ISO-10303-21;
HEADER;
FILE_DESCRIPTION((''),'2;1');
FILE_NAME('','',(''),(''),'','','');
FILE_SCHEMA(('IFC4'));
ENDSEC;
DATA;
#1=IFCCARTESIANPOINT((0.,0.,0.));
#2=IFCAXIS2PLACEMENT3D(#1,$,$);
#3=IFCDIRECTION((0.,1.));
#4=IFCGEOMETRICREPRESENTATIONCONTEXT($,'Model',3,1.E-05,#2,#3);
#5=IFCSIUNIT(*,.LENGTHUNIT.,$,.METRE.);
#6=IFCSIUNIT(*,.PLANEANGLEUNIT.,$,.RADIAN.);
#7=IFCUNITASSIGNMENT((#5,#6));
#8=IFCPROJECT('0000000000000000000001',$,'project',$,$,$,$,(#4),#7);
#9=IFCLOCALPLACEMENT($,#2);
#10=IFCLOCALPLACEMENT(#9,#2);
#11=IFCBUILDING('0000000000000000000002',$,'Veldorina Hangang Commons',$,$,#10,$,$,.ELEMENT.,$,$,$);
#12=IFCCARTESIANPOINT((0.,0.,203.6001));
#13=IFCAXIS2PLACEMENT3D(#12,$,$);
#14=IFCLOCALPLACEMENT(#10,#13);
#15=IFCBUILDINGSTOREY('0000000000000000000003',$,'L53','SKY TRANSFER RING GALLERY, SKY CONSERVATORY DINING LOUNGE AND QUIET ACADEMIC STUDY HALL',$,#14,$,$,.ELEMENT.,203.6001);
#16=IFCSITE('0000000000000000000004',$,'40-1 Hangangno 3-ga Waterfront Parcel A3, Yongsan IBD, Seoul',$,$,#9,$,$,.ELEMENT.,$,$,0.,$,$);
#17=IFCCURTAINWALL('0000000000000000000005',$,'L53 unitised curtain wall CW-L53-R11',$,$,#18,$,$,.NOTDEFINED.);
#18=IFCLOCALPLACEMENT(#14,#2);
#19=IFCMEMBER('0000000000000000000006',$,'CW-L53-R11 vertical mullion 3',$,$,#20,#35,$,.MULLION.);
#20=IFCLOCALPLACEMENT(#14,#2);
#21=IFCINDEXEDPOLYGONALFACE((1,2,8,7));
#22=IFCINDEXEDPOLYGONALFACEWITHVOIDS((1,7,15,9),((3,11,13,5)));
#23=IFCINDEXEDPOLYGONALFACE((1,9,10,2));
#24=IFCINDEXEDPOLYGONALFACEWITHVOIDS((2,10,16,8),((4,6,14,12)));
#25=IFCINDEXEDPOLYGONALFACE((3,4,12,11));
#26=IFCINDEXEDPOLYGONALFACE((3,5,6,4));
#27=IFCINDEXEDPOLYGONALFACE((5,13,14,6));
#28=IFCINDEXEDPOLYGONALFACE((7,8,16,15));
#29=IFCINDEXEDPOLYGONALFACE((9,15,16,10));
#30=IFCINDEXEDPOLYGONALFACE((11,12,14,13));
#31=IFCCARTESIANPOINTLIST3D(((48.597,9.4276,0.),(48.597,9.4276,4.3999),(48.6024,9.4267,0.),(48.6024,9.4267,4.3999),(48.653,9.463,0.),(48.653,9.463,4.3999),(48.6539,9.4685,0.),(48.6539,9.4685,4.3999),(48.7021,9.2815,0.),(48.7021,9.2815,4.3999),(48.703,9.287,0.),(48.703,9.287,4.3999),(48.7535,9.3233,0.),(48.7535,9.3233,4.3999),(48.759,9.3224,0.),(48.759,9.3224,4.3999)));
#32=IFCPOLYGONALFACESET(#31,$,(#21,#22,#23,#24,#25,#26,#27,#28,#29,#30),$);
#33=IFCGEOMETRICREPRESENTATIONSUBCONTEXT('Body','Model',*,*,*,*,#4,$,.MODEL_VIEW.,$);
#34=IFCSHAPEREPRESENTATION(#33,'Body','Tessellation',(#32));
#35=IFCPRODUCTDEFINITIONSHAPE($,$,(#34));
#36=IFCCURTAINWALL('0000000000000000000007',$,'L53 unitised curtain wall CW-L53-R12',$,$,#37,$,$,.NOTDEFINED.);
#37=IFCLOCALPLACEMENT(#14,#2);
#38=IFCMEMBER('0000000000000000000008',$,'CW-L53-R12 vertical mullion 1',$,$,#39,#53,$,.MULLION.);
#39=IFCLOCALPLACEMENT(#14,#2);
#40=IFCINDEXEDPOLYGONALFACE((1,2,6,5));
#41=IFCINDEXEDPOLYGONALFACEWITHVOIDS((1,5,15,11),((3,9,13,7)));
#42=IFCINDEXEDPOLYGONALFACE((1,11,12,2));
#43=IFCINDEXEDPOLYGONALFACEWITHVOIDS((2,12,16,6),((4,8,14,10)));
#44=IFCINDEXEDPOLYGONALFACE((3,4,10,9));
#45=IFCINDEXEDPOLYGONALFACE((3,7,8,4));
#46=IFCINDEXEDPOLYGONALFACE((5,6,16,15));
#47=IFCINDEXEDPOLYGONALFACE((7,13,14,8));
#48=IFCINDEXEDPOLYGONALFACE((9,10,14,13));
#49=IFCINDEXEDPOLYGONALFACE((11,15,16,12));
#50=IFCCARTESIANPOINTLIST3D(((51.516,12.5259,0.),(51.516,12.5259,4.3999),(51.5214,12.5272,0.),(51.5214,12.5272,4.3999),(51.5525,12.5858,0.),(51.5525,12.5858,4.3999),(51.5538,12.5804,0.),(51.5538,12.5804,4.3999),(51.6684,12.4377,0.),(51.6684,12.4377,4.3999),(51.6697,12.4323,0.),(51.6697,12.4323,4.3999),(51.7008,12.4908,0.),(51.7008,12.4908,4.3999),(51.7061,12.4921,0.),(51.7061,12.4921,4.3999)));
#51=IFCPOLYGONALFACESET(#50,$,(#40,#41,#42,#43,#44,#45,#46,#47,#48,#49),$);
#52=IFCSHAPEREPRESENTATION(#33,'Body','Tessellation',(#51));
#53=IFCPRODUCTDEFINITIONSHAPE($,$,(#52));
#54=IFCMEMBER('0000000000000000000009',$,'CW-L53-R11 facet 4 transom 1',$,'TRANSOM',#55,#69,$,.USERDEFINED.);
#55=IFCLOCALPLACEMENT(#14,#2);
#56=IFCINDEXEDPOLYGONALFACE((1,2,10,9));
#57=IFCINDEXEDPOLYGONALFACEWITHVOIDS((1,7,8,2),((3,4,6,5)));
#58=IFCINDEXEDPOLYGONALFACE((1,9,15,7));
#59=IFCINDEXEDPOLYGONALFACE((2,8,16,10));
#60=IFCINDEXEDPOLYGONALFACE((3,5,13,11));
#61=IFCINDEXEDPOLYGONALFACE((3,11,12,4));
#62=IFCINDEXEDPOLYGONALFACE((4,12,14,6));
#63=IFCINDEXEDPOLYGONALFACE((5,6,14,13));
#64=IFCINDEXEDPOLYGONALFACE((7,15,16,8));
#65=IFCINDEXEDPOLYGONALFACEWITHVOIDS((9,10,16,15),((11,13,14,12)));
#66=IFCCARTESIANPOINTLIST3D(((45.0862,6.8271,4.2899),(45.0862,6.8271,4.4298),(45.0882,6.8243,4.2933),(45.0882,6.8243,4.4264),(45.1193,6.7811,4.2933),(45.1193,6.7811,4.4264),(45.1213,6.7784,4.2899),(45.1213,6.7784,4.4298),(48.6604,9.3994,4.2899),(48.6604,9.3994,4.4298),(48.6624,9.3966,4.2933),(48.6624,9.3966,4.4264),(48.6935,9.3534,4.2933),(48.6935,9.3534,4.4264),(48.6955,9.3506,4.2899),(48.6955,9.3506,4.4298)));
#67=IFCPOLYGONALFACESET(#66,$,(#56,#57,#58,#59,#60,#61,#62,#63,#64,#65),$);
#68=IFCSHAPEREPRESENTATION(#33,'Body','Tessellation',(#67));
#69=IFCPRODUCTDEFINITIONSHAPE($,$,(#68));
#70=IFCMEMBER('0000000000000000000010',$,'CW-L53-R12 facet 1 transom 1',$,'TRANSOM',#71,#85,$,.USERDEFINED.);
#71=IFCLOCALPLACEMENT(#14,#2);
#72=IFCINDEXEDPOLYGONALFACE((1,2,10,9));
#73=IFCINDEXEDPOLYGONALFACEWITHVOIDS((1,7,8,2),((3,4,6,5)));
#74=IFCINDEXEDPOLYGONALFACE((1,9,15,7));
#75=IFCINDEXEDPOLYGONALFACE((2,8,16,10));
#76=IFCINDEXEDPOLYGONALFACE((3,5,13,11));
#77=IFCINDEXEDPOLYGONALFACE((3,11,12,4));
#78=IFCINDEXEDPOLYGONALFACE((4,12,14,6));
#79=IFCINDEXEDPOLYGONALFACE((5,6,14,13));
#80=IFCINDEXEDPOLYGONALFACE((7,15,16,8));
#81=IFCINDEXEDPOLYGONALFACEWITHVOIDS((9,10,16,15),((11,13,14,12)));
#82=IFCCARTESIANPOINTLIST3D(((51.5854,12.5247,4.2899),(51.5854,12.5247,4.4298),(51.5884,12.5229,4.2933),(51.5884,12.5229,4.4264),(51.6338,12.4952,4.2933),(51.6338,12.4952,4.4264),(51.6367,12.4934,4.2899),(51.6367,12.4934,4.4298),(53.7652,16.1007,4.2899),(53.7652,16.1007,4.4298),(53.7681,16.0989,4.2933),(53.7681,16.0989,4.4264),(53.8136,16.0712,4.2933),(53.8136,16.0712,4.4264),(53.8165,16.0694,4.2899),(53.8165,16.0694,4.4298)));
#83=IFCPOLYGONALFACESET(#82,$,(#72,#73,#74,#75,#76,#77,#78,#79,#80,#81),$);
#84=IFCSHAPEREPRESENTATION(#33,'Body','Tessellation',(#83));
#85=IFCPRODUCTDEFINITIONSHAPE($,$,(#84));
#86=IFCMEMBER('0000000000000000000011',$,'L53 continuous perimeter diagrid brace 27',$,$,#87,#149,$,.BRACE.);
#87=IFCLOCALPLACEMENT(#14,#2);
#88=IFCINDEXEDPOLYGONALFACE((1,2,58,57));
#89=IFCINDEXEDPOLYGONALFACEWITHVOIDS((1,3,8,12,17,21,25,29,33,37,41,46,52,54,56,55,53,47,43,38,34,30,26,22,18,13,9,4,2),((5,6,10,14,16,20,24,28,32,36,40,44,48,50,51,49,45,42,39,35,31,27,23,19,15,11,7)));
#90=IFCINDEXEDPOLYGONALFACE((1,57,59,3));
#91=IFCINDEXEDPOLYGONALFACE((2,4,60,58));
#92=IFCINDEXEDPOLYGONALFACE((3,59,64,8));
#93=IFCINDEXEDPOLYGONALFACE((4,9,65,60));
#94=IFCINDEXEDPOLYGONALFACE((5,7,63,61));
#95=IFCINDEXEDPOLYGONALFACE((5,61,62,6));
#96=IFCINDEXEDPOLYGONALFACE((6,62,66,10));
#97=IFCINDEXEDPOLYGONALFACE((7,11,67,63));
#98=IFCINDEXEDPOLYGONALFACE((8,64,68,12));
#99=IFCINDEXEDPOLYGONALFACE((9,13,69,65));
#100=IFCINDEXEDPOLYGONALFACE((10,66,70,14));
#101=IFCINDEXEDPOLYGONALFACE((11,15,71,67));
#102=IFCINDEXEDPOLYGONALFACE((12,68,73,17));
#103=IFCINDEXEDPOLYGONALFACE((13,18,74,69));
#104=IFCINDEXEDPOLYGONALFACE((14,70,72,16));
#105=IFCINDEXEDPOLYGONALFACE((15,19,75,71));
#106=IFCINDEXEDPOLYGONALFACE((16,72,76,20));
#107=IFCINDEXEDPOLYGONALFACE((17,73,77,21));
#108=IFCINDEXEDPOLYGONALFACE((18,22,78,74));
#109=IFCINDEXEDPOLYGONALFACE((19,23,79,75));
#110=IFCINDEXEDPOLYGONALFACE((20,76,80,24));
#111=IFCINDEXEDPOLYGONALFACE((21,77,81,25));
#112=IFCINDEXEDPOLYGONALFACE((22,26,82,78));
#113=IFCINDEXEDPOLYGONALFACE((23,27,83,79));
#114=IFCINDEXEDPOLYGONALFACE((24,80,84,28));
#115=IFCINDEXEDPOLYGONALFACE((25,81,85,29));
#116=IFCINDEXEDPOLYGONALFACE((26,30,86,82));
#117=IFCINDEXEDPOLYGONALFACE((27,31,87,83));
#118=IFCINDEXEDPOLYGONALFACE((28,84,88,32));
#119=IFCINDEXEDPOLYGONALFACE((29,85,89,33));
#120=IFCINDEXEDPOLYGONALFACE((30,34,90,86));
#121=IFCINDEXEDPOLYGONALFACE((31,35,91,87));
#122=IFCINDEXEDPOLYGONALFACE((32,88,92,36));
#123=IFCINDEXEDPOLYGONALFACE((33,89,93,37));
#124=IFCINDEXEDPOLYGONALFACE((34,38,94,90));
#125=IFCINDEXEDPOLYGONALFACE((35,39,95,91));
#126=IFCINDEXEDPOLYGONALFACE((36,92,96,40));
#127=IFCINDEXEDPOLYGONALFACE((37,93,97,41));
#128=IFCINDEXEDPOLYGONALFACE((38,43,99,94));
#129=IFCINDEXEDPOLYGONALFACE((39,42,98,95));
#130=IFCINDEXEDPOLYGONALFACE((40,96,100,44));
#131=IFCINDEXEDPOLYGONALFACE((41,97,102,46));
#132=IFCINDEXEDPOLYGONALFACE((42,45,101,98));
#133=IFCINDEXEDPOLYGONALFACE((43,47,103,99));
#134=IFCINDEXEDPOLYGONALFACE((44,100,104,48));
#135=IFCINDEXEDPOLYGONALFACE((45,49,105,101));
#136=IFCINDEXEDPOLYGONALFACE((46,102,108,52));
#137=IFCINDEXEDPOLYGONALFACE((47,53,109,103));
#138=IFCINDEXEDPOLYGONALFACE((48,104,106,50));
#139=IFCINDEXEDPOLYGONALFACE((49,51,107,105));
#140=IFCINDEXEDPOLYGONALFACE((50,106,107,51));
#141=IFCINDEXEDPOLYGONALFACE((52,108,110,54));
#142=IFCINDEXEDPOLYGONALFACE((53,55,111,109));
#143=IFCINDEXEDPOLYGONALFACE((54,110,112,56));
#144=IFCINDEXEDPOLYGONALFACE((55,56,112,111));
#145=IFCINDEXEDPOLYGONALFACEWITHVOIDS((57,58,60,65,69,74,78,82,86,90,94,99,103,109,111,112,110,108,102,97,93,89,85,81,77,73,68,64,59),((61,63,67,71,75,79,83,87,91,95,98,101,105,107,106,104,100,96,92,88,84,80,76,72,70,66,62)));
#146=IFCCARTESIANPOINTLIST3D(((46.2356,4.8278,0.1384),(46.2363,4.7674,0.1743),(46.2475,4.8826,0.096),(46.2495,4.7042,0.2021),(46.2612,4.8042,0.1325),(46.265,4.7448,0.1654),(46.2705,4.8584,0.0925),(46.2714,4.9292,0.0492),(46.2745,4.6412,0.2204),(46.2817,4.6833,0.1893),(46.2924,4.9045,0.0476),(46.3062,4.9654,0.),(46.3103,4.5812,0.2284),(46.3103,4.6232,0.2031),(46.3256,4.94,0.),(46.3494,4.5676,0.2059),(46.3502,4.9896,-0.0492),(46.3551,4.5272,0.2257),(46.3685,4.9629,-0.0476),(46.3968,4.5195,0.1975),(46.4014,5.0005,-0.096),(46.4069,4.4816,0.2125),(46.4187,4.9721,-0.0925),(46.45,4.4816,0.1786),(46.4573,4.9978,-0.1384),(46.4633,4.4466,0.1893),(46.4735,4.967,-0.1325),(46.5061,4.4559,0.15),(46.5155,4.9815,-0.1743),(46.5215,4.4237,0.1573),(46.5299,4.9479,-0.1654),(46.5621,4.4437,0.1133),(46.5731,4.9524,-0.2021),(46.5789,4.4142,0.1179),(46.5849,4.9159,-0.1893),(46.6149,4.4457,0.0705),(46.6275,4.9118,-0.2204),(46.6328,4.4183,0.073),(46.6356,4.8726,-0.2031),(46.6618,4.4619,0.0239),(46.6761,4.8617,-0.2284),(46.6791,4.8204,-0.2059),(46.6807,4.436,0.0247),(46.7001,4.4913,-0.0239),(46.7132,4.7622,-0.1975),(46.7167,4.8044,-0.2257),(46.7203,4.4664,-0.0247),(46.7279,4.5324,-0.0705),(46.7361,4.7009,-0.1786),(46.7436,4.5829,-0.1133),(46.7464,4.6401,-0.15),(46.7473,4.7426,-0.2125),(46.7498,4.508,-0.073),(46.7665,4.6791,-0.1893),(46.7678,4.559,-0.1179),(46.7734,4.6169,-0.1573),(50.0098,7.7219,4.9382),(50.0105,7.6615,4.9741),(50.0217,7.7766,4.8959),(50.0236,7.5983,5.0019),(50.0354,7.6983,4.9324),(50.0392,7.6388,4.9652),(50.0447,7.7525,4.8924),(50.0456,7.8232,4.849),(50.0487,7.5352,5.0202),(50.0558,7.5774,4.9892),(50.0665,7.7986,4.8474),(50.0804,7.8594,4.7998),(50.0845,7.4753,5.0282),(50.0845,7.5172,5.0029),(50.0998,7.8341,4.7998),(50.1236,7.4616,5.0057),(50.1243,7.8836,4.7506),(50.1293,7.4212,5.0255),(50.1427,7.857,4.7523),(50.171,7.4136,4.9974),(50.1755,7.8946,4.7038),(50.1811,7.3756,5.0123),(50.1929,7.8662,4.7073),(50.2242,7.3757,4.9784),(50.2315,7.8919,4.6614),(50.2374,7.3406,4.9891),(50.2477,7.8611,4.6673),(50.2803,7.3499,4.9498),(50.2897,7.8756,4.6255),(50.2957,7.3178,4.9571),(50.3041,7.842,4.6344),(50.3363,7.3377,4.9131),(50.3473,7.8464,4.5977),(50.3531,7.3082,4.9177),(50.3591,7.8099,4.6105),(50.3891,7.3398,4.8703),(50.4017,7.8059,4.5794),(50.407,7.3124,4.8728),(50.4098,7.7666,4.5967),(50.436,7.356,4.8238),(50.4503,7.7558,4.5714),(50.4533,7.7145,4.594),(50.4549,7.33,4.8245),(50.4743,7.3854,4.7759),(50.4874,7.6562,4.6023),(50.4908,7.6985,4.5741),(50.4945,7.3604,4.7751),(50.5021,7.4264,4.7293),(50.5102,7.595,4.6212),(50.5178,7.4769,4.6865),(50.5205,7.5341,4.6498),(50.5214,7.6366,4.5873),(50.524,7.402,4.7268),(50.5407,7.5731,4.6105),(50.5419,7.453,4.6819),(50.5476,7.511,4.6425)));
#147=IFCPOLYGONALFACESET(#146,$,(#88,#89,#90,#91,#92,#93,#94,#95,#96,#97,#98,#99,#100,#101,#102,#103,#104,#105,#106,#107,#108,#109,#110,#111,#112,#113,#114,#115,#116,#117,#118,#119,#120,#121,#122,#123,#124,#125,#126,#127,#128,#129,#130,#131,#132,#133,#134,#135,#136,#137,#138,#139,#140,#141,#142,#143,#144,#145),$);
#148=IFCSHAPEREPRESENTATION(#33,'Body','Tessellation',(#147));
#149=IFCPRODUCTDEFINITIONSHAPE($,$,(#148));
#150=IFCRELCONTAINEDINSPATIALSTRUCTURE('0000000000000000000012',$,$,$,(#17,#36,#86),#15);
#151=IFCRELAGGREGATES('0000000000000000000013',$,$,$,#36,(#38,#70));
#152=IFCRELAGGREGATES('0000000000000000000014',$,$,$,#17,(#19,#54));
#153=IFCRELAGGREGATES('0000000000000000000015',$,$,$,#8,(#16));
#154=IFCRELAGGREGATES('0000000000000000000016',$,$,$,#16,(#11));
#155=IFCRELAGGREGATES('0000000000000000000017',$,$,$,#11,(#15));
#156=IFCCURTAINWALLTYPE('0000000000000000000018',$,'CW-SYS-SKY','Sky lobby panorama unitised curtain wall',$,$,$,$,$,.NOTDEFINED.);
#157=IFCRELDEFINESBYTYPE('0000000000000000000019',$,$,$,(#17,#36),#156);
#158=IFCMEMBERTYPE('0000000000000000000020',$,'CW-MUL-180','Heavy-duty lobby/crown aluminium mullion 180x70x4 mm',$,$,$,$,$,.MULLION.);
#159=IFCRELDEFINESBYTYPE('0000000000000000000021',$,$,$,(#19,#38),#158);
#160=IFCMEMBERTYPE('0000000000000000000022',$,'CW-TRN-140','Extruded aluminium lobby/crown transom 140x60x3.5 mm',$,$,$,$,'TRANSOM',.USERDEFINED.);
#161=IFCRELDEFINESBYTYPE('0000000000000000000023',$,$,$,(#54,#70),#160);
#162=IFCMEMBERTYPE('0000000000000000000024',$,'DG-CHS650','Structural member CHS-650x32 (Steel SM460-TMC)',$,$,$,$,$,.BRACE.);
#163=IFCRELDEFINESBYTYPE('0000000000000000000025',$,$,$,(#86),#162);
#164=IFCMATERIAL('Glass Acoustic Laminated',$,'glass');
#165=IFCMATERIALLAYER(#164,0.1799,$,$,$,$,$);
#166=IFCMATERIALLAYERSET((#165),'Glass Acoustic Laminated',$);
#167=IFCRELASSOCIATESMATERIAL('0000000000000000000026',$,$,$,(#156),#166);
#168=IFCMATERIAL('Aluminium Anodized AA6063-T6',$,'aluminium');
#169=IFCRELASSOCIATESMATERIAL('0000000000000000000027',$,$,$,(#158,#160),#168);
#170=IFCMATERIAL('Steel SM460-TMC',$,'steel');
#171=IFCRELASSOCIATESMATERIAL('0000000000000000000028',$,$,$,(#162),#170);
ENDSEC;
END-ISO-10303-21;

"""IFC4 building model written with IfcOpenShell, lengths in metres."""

from ifc_helpers import new_model, si_unit, direction, frame, origin, origin_2d, place, context, subcontext, project, spatial, hollow_rectangle, hollow_circle, extrude, material, layer, layer_set, material_profile, profile_set, type_object, element, aggregate, save


model = new_model("IFC4")

# Units and contexts
model_context = context("Model", 3, precision=1e-05, world=origin(), true_north=direction((0.0, 1.0)))
body_context = subcontext(model_context, "Body", "Model", "MODEL_VIEW")
ifc_project = project(units=[si_unit("LENGTHUNIT", "METRE"), si_unit("PLANEANGLEUNIT", "RADIAN")], contexts=[model_context])

# Site, building, storey
site_placement = place(None, origin())
site = spatial("IfcSite", under=ifc_project, at=site_placement, Name="40-1 Hangangno 3-ga Waterfront Parcel A3, Yongsan IBD, Seoul", CompositionType="ELEMENT", RefElevation=0.0)
building_placement = place(site_placement, origin())
building = spatial("IfcBuilding", under=site, at=building_placement, Name="Veldorina Hangang Commons", CompositionType="ELEMENT")
storey_placement = place(building_placement, frame((0.0, 0.0, 203.6001)))
storey = spatial("IfcBuildingStorey", under=building, at=storey_placement, Name="L53", Description="SKY TRANSFER RING GALLERY, SKY CONSERVATORY DINING LOUNGE AND QUIET ACADEMIC STUDY HALL", CompositionType="ELEMENT", Elevation=203.6001)

# Curtain walls, members
ifc_material_1 = material(Name="Glass Acoustic Laminated", Category="glass")
ifc_layer_1 = layer(ifc_material_1, 0.1799)
ifc_layer_set_1 = layer_set([ifc_layer_1], Name="Glass Acoustic Laminated")
curtain_wall_type = type_object("IfcCurtainWallType", Name="CW-SYS-SKY", Description="Sky lobby panorama unitised curtain wall", PredefinedType="NOTDEFINED", material=ifc_layer_set_1)
curtain_wall_1_placement = place(storey_placement, origin())
curtain_wall_1 = element("IfcCurtainWall", 1, at=curtain_wall_1_placement, inside=storey, type_object=curtain_wall_type, Name="L53 unitised curtain wall CW-L53-R11", PredefinedType="NOTDEFINED")
ifc_material_2 = material(Name="Aluminium Anodized AA6063-T6", Category="aluminium")
ifc_material_profile_1 = material_profile(ifc_material_2, hollow_rectangle(XDim=0.0701, YDim=0.1799, WallThickness=0.0039, at=origin_2d()), Name="ALU-RHS-180x70x4")
ifc_profile_set_1 = profile_set([ifc_material_profile_1], Name="Aluminium Anodized AA6063-T6")
member_type_1 = type_object("IfcMemberType", Name="CW-MUL-180", Description="Heavy-duty lobby/crown aluminium mullion 180x70x4 mm", PredefinedType="MULLION", material=ifc_profile_set_1)
member_1_placement = place(storey_placement, frame((48.678, 9.375, 0.0), z_axis=(0.0, 0.0, 1.0), x_axis=(-0.811666, -0.584122, 0.0)))
member_1 = element("IfcMember", 2, at=member_1_placement, type_object=member_type_1, Name="CW-L53-R11 vertical mullion 3", PredefinedType="MULLION", context=body_context, shape_type="SweptSolid", body=[
    extrude(hollow_rectangle(XDim=0.0701, YDim=0.1799, WallThickness=0.0039, at=origin_2d()), origin(), (0.0, 0.0, 1.0), 4.3999),
])
curtain_wall_2_placement = place(storey_placement, origin())
curtain_wall_2 = element("IfcCurtainWall", 3, at=curtain_wall_2_placement, inside=storey, type_object=curtain_wall_type, Name="L53 unitised curtain wall CW-L53-R12", PredefinedType="NOTDEFINED")
member_2_placement = place(storey_placement, frame((51.6111, 12.509, 0.0), z_axis=(0.0, 0.0, 1.0), x_axis=(0.520458, 0.853887, 0.0)))
member_2 = element("IfcMember", 4, at=member_2_placement, type_object=member_type_1, Name="CW-L53-R12 vertical mullion 1", PredefinedType="MULLION", context=body_context, shape_type="SweptSolid", body=[
    extrude(hollow_rectangle(XDim=0.0701, YDim=0.1799, WallThickness=0.0039, at=origin_2d()), origin(), (0.0, 0.0, 1.0), 4.3999),
])

# Members
ifc_material_profile_2 = material_profile(ifc_material_2, hollow_rectangle(XDim=0.0601, YDim=0.1399, WallThickness=0.0034, at=origin_2d()), Name="ALU-RHS-140x60x3.5")
ifc_profile_set_2 = profile_set([ifc_material_profile_2], Name="Aluminium Anodized AA6063-T6")
member_type_2 = type_object("IfcMemberType", Name="CW-TRN-140", Description="Extruded aluminium lobby/crown transom 140x60x3.5 mm", ElementType="TRANSOM", PredefinedType="USERDEFINED", material=ifc_profile_set_2)
member_3_placement = place(storey_placement, frame((45.1038, 6.8027, 4.3599), z_axis=(0.811661, 0.584129, 0.0), x_axis=(-0.584129, 0.811661, 0.0)))
member_3 = element("IfcMember", 5, at=member_3_placement, type_object=member_type_2, Name="CW-L53-R11 facet 4 transom 1", ObjectType="TRANSOM", PredefinedType="USERDEFINED", context=body_context, shape_type="SweptSolid", body=[
    extrude(hollow_rectangle(XDim=0.0601, YDim=0.1399, WallThickness=0.0034, at=origin_2d()), origin(), (0.0, 0.0, 1.0), 4.4036),
])
member_4_placement = place(storey_placement, frame((51.6111, 12.509, 4.3599), z_axis=(0.520476, 0.853876, 0.0), x_axis=(-0.853876, 0.520476, 0.0)))
member_4 = element("IfcMember", 6, at=member_4_placement, type_object=member_type_2, Name="CW-L53-R12 facet 1 transom 1", ObjectType="TRANSOM", PredefinedType="USERDEFINED", context=body_context, shape_type="SweptSolid", body=[
    extrude(hollow_rectangle(XDim=0.0601, YDim=0.1399, WallThickness=0.0034, at=origin_2d()), origin(), (0.0, 0.0, 1.0), 4.188),
])
aggregate(curtain_wall_2, [member_2, member_4])

# Member
ifc_material_3 = material(Name="Steel SM460-TMC", Category="steel")
ifc_material_profile_3 = material_profile(ifc_material_3, hollow_circle(Radius=0.325, WallThickness=0.032, at=origin_2d()), Name="CHS-650x32")
ifc_profile_set_3 = profile_set([ifc_material_profile_3], Name="Steel SM460-TMC")
member_type_3 = type_object("IfcMemberType", Name="DG-CHS650", Description="Structural member CHS-650x32 (Steel SM460-TMC)", PredefinedType="BRACE", material=ifc_profile_set_3)
member_5_placement = place(storey_placement, frame((46.5039, 4.7075, 0.0), z_axis=(0.558551, 0.428299, 0.710338), x_axis=(-0.608499, 0.793554, 0.0)))
element("IfcMember", 7, at=member_5_placement, inside=storey, type_object=member_type_3, Name="L53 continuous perimeter diagrid brace 27", PredefinedType="BRACE", context=body_context, shape_type="SweptSolid", body=[
    extrude(hollow_circle(Radius=0.325, WallThickness=0.032, at=origin_2d()), origin(), (0.0, 0.0, 1.0), 6.7571),
])

aggregate(curtain_wall_1, [member_1, member_3])

save(model, "model.ifc")
